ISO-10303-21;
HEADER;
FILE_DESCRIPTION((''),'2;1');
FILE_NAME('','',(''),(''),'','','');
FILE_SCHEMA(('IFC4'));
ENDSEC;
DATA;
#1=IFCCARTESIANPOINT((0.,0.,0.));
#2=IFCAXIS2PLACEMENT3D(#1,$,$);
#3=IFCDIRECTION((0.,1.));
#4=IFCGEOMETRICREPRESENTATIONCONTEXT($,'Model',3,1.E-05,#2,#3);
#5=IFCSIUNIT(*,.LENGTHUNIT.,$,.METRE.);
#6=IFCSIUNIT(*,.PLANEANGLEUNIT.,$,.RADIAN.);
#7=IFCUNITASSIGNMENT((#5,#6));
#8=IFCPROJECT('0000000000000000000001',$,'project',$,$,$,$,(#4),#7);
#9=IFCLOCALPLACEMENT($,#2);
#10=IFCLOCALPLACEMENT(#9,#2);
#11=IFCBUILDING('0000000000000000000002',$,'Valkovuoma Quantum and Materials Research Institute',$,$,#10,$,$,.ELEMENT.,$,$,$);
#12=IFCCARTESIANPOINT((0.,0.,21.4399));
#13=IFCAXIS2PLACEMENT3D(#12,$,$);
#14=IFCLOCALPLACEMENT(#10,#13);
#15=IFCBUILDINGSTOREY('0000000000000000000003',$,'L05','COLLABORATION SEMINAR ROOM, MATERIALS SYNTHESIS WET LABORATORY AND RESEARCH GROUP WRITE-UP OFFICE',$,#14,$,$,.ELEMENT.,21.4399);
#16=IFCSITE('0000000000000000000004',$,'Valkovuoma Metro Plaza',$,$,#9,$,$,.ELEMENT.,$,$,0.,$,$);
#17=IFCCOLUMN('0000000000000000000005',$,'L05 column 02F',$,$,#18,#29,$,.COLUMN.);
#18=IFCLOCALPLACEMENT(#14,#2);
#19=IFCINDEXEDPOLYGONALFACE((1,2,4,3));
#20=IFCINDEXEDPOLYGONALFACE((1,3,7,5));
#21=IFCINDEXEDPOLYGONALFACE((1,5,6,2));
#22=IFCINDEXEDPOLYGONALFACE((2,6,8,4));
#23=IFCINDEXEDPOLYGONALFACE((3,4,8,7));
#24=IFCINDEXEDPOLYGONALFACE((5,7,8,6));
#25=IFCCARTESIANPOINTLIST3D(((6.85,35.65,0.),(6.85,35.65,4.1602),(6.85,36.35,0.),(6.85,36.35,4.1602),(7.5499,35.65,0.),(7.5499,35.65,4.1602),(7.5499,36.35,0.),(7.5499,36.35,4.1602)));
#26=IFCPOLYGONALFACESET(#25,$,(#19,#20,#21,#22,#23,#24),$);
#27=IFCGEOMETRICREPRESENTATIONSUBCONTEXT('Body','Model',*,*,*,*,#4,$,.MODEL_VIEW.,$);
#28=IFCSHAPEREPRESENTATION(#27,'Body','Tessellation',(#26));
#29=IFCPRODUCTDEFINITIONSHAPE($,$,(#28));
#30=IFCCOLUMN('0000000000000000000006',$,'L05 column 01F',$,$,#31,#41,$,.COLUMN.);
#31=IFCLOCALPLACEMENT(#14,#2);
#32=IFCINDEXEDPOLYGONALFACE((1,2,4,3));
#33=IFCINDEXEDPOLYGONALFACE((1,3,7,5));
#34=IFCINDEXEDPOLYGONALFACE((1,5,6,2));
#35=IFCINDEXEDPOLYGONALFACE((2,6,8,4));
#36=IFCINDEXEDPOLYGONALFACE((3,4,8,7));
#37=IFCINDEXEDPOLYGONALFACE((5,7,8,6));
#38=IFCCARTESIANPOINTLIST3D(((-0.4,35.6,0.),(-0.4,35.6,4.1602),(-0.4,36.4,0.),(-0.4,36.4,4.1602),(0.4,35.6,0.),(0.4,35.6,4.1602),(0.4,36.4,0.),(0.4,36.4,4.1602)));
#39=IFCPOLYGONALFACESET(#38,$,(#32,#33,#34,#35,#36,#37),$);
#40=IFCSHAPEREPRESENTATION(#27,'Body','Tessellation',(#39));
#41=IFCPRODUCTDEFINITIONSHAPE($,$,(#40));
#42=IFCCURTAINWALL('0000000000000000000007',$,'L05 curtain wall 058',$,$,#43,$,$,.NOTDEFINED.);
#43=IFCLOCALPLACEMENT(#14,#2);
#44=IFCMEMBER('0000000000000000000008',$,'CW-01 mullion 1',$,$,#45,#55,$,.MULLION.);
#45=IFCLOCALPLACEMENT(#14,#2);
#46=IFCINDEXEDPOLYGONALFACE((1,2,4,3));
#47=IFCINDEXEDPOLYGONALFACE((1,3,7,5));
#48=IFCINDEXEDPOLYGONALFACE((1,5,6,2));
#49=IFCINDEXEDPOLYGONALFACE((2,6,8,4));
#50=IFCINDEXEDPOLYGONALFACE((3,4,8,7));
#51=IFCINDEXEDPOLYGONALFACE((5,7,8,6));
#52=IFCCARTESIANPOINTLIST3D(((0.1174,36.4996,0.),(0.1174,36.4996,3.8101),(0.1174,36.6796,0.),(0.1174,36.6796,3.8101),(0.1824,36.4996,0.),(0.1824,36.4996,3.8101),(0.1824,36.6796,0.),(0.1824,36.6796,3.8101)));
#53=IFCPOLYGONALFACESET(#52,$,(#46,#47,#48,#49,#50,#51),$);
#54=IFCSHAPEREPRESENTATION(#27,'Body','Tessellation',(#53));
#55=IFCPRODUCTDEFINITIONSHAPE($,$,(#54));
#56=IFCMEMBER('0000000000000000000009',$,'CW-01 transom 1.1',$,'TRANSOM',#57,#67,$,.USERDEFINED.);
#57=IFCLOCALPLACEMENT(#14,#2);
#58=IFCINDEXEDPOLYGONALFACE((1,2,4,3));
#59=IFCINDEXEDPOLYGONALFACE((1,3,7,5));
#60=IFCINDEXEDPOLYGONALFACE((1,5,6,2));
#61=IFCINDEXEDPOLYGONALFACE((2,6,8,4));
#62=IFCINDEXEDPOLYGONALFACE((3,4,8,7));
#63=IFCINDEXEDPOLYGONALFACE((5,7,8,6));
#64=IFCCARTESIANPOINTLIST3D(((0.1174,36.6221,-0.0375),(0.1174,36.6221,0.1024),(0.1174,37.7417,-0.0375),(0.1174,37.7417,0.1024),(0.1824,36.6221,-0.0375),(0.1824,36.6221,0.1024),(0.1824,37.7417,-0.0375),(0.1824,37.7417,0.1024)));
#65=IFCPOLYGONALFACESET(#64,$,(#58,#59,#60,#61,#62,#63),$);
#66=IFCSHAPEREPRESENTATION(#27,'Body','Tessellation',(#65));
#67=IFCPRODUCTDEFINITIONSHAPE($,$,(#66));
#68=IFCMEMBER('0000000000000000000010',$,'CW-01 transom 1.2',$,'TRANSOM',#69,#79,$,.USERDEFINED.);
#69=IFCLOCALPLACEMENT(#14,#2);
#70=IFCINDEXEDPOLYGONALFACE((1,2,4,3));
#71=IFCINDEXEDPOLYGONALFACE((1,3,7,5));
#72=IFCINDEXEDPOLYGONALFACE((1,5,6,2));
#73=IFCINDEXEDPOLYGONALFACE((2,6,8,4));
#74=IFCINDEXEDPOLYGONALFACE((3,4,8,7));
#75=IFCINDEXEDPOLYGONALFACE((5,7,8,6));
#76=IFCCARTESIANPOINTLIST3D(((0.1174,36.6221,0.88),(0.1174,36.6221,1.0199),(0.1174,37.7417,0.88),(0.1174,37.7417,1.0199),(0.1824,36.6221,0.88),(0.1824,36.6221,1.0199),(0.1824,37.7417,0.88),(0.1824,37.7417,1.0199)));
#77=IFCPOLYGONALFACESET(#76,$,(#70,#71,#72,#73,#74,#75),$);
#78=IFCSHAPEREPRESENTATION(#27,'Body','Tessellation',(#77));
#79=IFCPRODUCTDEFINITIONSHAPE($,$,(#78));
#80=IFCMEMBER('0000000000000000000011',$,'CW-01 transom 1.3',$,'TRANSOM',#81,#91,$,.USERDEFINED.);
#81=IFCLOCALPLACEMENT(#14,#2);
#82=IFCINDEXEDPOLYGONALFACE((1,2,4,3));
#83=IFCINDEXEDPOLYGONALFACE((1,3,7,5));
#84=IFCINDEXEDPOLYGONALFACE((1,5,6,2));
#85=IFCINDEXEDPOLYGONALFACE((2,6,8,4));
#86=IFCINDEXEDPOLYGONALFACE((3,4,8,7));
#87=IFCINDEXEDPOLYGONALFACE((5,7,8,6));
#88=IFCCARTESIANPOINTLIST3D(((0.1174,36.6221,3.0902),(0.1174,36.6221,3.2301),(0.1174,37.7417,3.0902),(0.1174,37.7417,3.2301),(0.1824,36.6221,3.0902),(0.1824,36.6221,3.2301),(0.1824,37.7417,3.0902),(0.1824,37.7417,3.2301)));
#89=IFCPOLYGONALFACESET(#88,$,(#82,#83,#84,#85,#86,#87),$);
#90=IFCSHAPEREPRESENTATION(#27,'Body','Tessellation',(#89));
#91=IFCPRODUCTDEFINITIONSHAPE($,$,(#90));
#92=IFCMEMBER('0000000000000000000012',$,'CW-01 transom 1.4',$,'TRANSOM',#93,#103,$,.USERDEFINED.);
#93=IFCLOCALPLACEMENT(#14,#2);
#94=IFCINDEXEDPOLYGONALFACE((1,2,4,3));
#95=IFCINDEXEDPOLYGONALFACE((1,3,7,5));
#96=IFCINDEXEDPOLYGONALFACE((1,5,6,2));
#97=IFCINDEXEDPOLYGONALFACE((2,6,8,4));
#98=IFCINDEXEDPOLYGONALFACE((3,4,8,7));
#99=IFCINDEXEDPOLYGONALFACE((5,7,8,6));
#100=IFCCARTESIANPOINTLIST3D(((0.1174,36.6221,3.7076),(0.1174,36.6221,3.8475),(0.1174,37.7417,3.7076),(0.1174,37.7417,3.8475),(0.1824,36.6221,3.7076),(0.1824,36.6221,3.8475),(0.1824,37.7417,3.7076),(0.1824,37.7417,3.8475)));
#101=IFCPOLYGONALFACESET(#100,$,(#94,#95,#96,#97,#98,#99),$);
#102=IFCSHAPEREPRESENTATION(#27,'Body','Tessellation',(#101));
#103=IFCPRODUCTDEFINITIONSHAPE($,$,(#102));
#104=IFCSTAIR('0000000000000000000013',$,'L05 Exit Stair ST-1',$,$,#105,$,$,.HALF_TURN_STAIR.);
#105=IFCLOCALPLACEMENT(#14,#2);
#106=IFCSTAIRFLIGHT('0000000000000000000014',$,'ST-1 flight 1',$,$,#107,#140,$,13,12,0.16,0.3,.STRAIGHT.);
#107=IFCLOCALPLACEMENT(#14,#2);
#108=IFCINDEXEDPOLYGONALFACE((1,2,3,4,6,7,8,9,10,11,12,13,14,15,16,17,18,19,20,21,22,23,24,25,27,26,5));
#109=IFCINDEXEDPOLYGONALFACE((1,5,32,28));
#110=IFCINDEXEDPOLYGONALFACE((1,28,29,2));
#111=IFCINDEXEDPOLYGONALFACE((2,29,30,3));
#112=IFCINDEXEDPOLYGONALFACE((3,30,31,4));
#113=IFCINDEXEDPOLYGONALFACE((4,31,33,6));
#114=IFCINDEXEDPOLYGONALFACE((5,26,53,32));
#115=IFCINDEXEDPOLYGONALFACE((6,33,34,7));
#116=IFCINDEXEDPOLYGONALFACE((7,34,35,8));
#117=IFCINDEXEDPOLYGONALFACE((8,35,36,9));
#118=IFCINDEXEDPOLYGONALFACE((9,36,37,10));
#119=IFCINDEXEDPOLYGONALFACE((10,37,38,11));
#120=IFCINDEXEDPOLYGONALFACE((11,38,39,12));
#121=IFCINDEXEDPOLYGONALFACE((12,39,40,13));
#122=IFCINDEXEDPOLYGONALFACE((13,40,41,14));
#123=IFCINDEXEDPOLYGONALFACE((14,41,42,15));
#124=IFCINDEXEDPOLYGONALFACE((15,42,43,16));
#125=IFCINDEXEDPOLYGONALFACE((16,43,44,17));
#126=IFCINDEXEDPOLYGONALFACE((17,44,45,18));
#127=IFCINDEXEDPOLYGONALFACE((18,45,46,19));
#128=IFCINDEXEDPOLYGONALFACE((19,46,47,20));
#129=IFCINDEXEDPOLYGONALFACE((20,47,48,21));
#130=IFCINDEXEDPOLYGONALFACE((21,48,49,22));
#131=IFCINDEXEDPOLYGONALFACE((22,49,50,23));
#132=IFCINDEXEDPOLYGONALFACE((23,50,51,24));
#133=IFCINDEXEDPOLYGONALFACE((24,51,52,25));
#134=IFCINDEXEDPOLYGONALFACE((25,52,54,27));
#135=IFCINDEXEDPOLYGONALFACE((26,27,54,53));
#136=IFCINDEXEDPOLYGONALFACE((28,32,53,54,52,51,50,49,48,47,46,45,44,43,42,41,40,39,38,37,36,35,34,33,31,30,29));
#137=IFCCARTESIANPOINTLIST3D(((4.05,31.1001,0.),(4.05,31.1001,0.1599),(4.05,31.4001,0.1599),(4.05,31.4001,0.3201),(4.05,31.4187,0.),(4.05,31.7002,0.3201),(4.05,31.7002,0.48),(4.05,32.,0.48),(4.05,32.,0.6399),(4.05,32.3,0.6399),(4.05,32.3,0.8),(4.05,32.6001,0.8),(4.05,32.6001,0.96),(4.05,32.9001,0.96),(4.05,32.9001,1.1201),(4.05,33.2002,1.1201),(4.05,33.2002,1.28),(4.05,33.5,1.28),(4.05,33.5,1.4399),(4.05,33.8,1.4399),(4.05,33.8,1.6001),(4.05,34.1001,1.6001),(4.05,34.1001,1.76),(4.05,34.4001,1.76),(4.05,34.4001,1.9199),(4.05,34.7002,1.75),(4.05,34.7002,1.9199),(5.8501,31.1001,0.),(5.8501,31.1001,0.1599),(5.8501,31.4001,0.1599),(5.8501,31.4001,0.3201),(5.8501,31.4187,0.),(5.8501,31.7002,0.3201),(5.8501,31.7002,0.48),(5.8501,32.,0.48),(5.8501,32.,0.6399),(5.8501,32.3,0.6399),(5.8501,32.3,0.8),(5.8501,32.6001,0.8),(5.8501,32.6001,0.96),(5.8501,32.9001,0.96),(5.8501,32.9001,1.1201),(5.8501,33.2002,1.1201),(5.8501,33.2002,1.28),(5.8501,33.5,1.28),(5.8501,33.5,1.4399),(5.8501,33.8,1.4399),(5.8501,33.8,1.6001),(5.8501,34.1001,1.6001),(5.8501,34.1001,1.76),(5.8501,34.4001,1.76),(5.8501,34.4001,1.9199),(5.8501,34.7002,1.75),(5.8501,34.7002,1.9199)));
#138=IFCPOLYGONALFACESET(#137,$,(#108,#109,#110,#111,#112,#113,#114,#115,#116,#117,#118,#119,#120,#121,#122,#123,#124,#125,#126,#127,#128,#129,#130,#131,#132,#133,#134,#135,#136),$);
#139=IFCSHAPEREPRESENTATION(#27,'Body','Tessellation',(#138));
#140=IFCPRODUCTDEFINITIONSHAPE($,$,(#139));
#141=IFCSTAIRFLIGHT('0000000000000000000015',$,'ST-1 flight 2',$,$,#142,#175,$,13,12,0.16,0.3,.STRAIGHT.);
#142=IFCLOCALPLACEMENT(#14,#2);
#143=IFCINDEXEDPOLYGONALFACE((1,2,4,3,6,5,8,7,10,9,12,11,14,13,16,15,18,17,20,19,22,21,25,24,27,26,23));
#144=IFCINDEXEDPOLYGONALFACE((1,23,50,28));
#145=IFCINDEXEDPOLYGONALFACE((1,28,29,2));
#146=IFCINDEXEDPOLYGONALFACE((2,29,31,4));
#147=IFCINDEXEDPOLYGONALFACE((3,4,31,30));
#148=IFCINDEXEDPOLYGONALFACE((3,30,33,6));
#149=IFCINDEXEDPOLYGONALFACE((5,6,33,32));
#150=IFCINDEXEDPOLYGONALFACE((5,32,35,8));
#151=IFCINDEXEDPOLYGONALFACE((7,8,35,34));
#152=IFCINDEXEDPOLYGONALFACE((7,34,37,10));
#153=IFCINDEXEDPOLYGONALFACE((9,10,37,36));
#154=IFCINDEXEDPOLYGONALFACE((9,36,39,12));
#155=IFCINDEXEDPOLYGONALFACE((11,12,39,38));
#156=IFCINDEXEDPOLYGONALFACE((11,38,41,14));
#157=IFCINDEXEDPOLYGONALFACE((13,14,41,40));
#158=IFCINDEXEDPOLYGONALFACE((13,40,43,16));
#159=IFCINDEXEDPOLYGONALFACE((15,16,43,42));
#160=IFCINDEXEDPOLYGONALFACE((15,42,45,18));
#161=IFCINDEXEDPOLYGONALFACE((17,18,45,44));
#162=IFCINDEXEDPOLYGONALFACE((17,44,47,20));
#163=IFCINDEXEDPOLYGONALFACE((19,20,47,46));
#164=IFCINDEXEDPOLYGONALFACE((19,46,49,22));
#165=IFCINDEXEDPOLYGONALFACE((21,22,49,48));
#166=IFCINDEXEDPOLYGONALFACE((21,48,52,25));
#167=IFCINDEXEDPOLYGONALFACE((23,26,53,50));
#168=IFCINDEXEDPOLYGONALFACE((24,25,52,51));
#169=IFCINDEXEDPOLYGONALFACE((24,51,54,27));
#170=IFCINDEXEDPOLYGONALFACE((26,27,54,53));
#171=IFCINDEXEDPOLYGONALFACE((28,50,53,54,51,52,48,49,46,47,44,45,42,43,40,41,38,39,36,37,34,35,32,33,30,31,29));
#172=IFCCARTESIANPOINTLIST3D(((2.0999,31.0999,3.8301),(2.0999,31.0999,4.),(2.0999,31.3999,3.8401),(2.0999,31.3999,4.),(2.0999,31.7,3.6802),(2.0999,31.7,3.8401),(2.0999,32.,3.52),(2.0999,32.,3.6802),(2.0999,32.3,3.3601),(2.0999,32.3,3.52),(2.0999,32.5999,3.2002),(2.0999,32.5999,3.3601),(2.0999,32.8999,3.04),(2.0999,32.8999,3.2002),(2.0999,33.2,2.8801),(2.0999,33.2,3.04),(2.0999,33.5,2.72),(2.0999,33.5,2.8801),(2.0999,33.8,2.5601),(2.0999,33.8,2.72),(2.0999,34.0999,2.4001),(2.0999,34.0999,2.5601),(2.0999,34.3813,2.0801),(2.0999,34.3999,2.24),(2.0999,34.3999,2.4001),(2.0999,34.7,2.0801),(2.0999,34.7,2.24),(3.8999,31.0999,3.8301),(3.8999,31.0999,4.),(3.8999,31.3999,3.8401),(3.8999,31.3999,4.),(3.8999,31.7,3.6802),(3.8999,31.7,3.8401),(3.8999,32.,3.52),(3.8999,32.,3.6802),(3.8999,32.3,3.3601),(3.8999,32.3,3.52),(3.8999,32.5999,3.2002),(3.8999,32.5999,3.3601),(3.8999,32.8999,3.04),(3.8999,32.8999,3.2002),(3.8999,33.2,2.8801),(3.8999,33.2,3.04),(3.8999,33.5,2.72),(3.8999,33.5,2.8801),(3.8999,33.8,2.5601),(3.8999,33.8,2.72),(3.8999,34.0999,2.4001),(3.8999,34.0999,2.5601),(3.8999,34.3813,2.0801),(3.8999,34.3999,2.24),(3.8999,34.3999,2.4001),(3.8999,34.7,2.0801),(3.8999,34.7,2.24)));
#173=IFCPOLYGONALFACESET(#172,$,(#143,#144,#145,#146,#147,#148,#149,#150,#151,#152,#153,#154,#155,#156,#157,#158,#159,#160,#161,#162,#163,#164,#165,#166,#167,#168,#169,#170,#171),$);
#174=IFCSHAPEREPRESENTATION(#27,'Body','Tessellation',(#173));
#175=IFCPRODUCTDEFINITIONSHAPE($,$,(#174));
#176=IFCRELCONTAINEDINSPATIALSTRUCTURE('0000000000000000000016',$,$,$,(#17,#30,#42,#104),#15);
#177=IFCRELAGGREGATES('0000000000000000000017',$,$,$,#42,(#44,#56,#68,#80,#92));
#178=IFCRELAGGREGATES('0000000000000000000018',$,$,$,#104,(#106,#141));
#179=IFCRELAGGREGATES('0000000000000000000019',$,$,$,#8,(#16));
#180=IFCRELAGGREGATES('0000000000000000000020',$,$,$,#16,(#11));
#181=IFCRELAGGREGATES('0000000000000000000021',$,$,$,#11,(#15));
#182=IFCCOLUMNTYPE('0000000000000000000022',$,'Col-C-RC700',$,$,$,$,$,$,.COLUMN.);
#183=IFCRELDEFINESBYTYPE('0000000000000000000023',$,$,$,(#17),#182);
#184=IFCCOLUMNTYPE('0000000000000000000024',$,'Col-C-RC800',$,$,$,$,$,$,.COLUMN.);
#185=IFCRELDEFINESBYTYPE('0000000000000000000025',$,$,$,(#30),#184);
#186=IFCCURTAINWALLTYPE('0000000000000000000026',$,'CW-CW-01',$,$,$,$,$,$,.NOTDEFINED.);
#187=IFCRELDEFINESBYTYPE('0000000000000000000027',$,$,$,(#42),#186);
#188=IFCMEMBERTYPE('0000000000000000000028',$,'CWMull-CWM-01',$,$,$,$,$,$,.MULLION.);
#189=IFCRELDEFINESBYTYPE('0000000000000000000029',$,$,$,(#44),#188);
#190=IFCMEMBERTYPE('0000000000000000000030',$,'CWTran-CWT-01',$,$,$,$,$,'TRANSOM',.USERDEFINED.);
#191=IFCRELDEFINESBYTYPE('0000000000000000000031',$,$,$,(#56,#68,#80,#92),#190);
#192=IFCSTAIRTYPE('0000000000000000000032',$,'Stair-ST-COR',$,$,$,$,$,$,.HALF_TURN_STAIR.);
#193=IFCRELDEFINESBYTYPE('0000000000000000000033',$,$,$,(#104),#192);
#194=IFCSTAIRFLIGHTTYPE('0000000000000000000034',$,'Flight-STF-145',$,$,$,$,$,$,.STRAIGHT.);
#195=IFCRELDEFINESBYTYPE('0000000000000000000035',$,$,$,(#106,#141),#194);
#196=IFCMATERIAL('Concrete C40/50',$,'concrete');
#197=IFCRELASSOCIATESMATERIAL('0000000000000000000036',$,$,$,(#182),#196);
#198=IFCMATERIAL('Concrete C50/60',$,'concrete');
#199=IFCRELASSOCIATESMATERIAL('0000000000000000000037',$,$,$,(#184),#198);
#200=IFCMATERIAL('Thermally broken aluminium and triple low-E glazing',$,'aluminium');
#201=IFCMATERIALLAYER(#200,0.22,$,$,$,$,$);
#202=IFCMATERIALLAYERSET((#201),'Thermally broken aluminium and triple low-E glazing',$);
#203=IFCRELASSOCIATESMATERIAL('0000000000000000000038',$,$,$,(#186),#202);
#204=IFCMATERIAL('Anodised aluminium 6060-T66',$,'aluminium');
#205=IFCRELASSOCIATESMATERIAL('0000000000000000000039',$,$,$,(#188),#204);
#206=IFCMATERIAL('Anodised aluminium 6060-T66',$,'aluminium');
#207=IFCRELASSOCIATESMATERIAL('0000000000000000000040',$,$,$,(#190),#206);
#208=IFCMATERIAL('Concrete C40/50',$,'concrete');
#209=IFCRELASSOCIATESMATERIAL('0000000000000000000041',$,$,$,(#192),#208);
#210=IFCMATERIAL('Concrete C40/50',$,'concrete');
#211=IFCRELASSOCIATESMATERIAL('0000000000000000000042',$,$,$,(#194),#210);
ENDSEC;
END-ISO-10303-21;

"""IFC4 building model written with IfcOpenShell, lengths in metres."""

from ifc_helpers import new_model, si_unit, direction, frame, origin, origin_2d, place, context, subcontext, project, spatial, polyline, rectangle, outline, extrude, material, layer, layer_set, material_profile, profile_set, type_object, element, aggregate, save


model = new_model("IFC4")

# Units and contexts
model_context = context("Model", 3, precision=1e-05, world=origin(), true_north=direction((0.0, 1.0)))
body_context = subcontext(model_context, "Body", "Model", "MODEL_VIEW")
ifc_project = project(units=[si_unit("LENGTHUNIT", "METRE"), si_unit("PLANEANGLEUNIT", "RADIAN")], contexts=[model_context])

# Site, building, storey
site_placement = place(None, origin())
site = spatial("IfcSite", under=ifc_project, at=site_placement, Name="Valkovuoma Metro Plaza", CompositionType="ELEMENT", RefElevation=0.0)
building_placement = place(site_placement, origin())
building = spatial("IfcBuilding", under=site, at=building_placement, Name="Valkovuoma Quantum and Materials Research Institute", CompositionType="ELEMENT")
storey_placement = place(building_placement, frame((0.0, 0.0, 21.4399)))
storey = spatial("IfcBuildingStorey", under=building, at=storey_placement, Name="L05", Description="COLLABORATION SEMINAR ROOM, MATERIALS SYNTHESIS WET LABORATORY AND RESEARCH GROUP WRITE-UP OFFICE", CompositionType="ELEMENT", Elevation=21.4399)

# Columns
ifc_material_1 = material(Name="Concrete C40/50", Category="concrete")
ifc_material_profile_1 = material_profile(ifc_material_1, rectangle(XDim=0.7, YDim=0.7, at=origin_2d()), Name="Concrete C40/50")
ifc_profile_set_1 = profile_set([ifc_material_profile_1], Name="Concrete C40/50")
column_type_1 = type_object("IfcColumnType", Name="Col-C-RC700", PredefinedType="COLUMN", material=ifc_profile_set_1)
column_1_placement = place(storey_placement, frame((7.2, 36.0, 0.0), z_axis=(0.0, 0.0, 1.0), x_axis=(1.0, 0.0, 0.0)))
element("IfcColumn", 1, at=column_1_placement, inside=storey, type_object=column_type_1, Name="L05 column 02F", PredefinedType="COLUMN", context=body_context, shape_type="SweptSolid", body=[
    extrude(rectangle(XDim=0.7, YDim=0.7, at=origin_2d()), origin(), (0.0, 0.0, 1.0), 4.1602),
])
ifc_material_2 = material(Name="Concrete C50/60", Category="concrete")
ifc_material_profile_2 = material_profile(ifc_material_2, rectangle(XDim=0.8, YDim=0.8, at=origin_2d()), Name="Concrete C50/60")
ifc_profile_set_2 = profile_set([ifc_material_profile_2], Name="Concrete C50/60")
column_type_2 = type_object("IfcColumnType", Name="Col-C-RC800", PredefinedType="COLUMN", material=ifc_profile_set_2)
column_2_placement = place(storey_placement, frame((0.0, 36.0, 0.0), z_axis=(0.0, 0.0, 1.0), x_axis=(1.0, 0.0, 0.0)))
element("IfcColumn", 2, at=column_2_placement, inside=storey, type_object=column_type_2, Name="L05 column 01F", PredefinedType="COLUMN", context=body_context, shape_type="SweptSolid", body=[
    extrude(rectangle(XDim=0.8, YDim=0.8, at=origin_2d()), origin(), (0.0, 0.0, 1.0), 4.1602),
])

# Curtain wall, members
ifc_material_3 = material(Name="Thermally broken aluminium and triple low-E glazing", Category="aluminium")
ifc_layer_1 = layer(ifc_material_3, 0.22)
ifc_layer_set_1 = layer_set([ifc_layer_1], Name="Thermally broken aluminium and triple low-E glazing")
curtain_wall_type = type_object("IfcCurtainWallType", Name="CW-CW-01", PredefinedType="NOTDEFINED", material=ifc_layer_set_1)
curtain_wall_placement = place(storey_placement, origin())
curtain_wall = element("IfcCurtainWall", 3, at=curtain_wall_placement, inside=storey, type_object=curtain_wall_type, Name="L05 curtain wall 058", PredefinedType="NOTDEFINED")
ifc_material_4 = material(Name="Anodised aluminium 6060-T66", Category="aluminium")
ifc_material_profile_3 = material_profile(ifc_material_4, rectangle(XDim=0.0649, YDim=0.1799, at=origin_2d()), Name="Anodised aluminium 6060-T66")
ifc_profile_set_3 = profile_set([ifc_material_profile_3], Name="Anodised aluminium 6060-T66")
member_type_1 = type_object("IfcMemberType", Name="CWMull-CWM-01", PredefinedType="MULLION", material=ifc_profile_set_3)
member_1_placement = place(storey_placement, frame((0.1499, 36.5896, 0.0), z_axis=(0.0, 0.0, 1.0), x_axis=(-1.0, 0.0, 0.0)))
member_1 = element("IfcMember", 4, at=member_1_placement, type_object=member_type_1, Name="CW-01 mullion 1", PredefinedType="MULLION", context=body_context, shape_type="SweptSolid", body=[
    extrude(rectangle(XDim=0.0649, YDim=0.1799, at=origin_2d()), origin(), (0.0, 0.0, 1.0), 3.8101),
])
ifc_material_5 = material(Name="Anodised aluminium 6060-T66", Category="aluminium")
ifc_material_profile_4 = material_profile(ifc_material_5, rectangle(XDim=0.0649, YDim=0.1399, at=origin_2d()), Name="Anodised aluminium 6060-T66")
ifc_profile_set_4 = profile_set([ifc_material_profile_4], Name="Anodised aluminium 6060-T66")
member_type_2 = type_object("IfcMemberType", Name="CWTran-CWT-01", ElementType="TRANSOM", PredefinedType="USERDEFINED", material=ifc_profile_set_4)
member_2_placement = place(storey_placement, frame((0.1499, 36.6221, 0.0325), z_axis=(0.0, 1.0, 0.0), x_axis=(-1.0, 0.0, 0.0)))
member_2 = element("IfcMember", 5, at=member_2_placement, type_object=member_type_2, Name="CW-01 transom 1.1", ObjectType="TRANSOM", PredefinedType="USERDEFINED", context=body_context, shape_type="SweptSolid", body=[
    extrude(rectangle(XDim=0.0649, YDim=0.1399, at=origin_2d()), origin(), (0.0, 0.0, 1.0), 1.1196),
])
member_3_placement = place(storey_placement, frame((0.1499, 36.6221, 0.95), z_axis=(0.0, 1.0, 0.0), x_axis=(-1.0, 0.0, 0.0)))
member_3 = element("IfcMember", 6, at=member_3_placement, type_object=member_type_2, Name="CW-01 transom 1.2", ObjectType="TRANSOM", PredefinedType="USERDEFINED", context=body_context, shape_type="SweptSolid", body=[
    extrude(rectangle(XDim=0.0649, YDim=0.1399, at=origin_2d()), origin(), (0.0, 0.0, 1.0), 1.1196),
])
member_4_placement = place(storey_placement, frame((0.1499, 36.6221, 3.1602), z_axis=(0.0, 1.0, 0.0), x_axis=(-1.0, 0.0, 0.0)))
member_4 = element("IfcMember", 7, at=member_4_placement, type_object=member_type_2, Name="CW-01 transom 1.3", ObjectType="TRANSOM", PredefinedType="USERDEFINED", context=body_context, shape_type="SweptSolid", body=[
    extrude(rectangle(XDim=0.0649, YDim=0.1399, at=origin_2d()), origin(), (0.0, 0.0, 1.0), 1.1196),
])
member_5_placement = place(storey_placement, frame((0.1499, 36.6221, 3.7776), z_axis=(0.0, 1.0, 0.0), x_axis=(-1.0, 0.0, 0.0)))
member_5 = element("IfcMember", 8, at=member_5_placement, type_object=member_type_2, Name="CW-01 transom 1.4", ObjectType="TRANSOM", PredefinedType="USERDEFINED", context=body_context, shape_type="SweptSolid", body=[
    extrude(rectangle(XDim=0.0649, YDim=0.1399, at=origin_2d()), origin(), (0.0, 0.0, 1.0), 1.1196),
])
aggregate(curtain_wall, [member_1, member_2, member_3, member_4, member_5])

# Stair, stair flights
ifc_material_6 = material(Name="Concrete C40/50", Category="concrete")
stair_type = type_object("IfcStairType", Name="Stair-ST-COR", PredefinedType="HALF_TURN_STAIR", material=ifc_material_6)
stair_placement = place(storey_placement, origin())
stair = element("IfcStair", 9, at=stair_placement, inside=storey, type_object=stair_type, Name="L05 Exit Stair ST-1", PredefinedType="HALF_TURN_STAIR")
ifc_material_7 = material(Name="Concrete C40/50", Category="concrete")
stair_flight_type = type_object("IfcStairFlightType", Name="Flight-STF-145", PredefinedType="STRAIGHT", material=ifc_material_7)
stair_flight_1_placement = place(storey_placement, frame((4.95, 31.1001, 0.0), z_axis=(0.0, 0.0, 1.0), x_axis=(0.0, 1.0, 0.0)))
stair_flight_1 = element("IfcStairFlight", 10, at=stair_flight_1_placement, type_object=stair_flight_type, Name="ST-1 flight 1", NumberOfRisers=13, NumberOfTreads=12, PredefinedType="STRAIGHT", RiserHeight=0.16, TreadLength=0.3, context=body_context, shape_type="SweptSolid", body=[
    extrude(outline(polyline([(0.0, 0.0), (0.0, 0.1599), (0.3, 0.1599), (0.3, 0.3201), (0.6001, 0.3201), (0.6001, 0.48), (0.8999, 0.48), (0.8999, 0.6399), (1.2, 0.6399), (1.2, 0.8), (1.5, 0.8), (1.5, 0.96), (1.8, 0.96), (1.8, 1.1201), (2.1001, 1.1201), (2.1001, 1.28), (2.3999, 1.28), (2.3999, 1.4399), (2.7, 1.4399), (2.7, 1.6001), (3.0, 1.6001), (3.0, 1.76), (3.3, 1.76), (3.3, 1.9199), (3.6001, 1.9199), (3.6001, 2.0801), (3.6001, 1.75), (0.3186, 0.0), (0.0, 0.0)])), frame((0.0, 0.8999, 0.0), z_axis=(0.0, -1.0, 0.0), x_axis=(1.0, 0.0, 0.0)), (0.0, 0.0, 1.0), 1.8),
])
stair_flight_2_placement = place(storey_placement, frame((3.0, 34.7, 2.0801), z_axis=(0.0, 0.0, 1.0), x_axis=(0.0, -1.0, 0.0)))
stair_flight_2 = element("IfcStairFlight", 11, at=stair_flight_2_placement, type_object=stair_flight_type, Name="ST-1 flight 2", NumberOfRisers=13, NumberOfTreads=12, PredefinedType="STRAIGHT", RiserHeight=0.16, TreadLength=0.3, context=body_context, shape_type="SweptSolid", body=[
    extrude(outline(polyline([(0.0, 0.0), (0.0, 0.1599), (0.3, 0.1599), (0.3, 0.3201), (0.6001, 0.3201), (0.6001, 0.48), (0.8999, 0.48), (0.8999, 0.6399), (1.2, 0.6399), (1.2, 0.8), (1.5, 0.8), (1.5, 0.96), (1.8, 0.96), (1.8, 1.1201), (2.1001, 1.1201), (2.1001, 1.28), (2.3999, 1.28), (2.3999, 1.4399), (2.7, 1.4399), (2.7, 1.6001), (3.0, 1.6001), (3.0, 1.76), (3.3, 1.76), (3.3, 1.9199), (3.6001, 1.9199), (3.6001, 2.0801), (3.6001, 1.75), (0.3186, 0.0), (0.0, 0.0)])), frame((0.0, 0.8999, 0.0), z_axis=(0.0, -1.0, 0.0), x_axis=(1.0, 0.0, 0.0)), (0.0, 0.0, 1.0), 1.8),
])
aggregate(stair, [stair_flight_1, stair_flight_2])

save(model, "model.ifc")
